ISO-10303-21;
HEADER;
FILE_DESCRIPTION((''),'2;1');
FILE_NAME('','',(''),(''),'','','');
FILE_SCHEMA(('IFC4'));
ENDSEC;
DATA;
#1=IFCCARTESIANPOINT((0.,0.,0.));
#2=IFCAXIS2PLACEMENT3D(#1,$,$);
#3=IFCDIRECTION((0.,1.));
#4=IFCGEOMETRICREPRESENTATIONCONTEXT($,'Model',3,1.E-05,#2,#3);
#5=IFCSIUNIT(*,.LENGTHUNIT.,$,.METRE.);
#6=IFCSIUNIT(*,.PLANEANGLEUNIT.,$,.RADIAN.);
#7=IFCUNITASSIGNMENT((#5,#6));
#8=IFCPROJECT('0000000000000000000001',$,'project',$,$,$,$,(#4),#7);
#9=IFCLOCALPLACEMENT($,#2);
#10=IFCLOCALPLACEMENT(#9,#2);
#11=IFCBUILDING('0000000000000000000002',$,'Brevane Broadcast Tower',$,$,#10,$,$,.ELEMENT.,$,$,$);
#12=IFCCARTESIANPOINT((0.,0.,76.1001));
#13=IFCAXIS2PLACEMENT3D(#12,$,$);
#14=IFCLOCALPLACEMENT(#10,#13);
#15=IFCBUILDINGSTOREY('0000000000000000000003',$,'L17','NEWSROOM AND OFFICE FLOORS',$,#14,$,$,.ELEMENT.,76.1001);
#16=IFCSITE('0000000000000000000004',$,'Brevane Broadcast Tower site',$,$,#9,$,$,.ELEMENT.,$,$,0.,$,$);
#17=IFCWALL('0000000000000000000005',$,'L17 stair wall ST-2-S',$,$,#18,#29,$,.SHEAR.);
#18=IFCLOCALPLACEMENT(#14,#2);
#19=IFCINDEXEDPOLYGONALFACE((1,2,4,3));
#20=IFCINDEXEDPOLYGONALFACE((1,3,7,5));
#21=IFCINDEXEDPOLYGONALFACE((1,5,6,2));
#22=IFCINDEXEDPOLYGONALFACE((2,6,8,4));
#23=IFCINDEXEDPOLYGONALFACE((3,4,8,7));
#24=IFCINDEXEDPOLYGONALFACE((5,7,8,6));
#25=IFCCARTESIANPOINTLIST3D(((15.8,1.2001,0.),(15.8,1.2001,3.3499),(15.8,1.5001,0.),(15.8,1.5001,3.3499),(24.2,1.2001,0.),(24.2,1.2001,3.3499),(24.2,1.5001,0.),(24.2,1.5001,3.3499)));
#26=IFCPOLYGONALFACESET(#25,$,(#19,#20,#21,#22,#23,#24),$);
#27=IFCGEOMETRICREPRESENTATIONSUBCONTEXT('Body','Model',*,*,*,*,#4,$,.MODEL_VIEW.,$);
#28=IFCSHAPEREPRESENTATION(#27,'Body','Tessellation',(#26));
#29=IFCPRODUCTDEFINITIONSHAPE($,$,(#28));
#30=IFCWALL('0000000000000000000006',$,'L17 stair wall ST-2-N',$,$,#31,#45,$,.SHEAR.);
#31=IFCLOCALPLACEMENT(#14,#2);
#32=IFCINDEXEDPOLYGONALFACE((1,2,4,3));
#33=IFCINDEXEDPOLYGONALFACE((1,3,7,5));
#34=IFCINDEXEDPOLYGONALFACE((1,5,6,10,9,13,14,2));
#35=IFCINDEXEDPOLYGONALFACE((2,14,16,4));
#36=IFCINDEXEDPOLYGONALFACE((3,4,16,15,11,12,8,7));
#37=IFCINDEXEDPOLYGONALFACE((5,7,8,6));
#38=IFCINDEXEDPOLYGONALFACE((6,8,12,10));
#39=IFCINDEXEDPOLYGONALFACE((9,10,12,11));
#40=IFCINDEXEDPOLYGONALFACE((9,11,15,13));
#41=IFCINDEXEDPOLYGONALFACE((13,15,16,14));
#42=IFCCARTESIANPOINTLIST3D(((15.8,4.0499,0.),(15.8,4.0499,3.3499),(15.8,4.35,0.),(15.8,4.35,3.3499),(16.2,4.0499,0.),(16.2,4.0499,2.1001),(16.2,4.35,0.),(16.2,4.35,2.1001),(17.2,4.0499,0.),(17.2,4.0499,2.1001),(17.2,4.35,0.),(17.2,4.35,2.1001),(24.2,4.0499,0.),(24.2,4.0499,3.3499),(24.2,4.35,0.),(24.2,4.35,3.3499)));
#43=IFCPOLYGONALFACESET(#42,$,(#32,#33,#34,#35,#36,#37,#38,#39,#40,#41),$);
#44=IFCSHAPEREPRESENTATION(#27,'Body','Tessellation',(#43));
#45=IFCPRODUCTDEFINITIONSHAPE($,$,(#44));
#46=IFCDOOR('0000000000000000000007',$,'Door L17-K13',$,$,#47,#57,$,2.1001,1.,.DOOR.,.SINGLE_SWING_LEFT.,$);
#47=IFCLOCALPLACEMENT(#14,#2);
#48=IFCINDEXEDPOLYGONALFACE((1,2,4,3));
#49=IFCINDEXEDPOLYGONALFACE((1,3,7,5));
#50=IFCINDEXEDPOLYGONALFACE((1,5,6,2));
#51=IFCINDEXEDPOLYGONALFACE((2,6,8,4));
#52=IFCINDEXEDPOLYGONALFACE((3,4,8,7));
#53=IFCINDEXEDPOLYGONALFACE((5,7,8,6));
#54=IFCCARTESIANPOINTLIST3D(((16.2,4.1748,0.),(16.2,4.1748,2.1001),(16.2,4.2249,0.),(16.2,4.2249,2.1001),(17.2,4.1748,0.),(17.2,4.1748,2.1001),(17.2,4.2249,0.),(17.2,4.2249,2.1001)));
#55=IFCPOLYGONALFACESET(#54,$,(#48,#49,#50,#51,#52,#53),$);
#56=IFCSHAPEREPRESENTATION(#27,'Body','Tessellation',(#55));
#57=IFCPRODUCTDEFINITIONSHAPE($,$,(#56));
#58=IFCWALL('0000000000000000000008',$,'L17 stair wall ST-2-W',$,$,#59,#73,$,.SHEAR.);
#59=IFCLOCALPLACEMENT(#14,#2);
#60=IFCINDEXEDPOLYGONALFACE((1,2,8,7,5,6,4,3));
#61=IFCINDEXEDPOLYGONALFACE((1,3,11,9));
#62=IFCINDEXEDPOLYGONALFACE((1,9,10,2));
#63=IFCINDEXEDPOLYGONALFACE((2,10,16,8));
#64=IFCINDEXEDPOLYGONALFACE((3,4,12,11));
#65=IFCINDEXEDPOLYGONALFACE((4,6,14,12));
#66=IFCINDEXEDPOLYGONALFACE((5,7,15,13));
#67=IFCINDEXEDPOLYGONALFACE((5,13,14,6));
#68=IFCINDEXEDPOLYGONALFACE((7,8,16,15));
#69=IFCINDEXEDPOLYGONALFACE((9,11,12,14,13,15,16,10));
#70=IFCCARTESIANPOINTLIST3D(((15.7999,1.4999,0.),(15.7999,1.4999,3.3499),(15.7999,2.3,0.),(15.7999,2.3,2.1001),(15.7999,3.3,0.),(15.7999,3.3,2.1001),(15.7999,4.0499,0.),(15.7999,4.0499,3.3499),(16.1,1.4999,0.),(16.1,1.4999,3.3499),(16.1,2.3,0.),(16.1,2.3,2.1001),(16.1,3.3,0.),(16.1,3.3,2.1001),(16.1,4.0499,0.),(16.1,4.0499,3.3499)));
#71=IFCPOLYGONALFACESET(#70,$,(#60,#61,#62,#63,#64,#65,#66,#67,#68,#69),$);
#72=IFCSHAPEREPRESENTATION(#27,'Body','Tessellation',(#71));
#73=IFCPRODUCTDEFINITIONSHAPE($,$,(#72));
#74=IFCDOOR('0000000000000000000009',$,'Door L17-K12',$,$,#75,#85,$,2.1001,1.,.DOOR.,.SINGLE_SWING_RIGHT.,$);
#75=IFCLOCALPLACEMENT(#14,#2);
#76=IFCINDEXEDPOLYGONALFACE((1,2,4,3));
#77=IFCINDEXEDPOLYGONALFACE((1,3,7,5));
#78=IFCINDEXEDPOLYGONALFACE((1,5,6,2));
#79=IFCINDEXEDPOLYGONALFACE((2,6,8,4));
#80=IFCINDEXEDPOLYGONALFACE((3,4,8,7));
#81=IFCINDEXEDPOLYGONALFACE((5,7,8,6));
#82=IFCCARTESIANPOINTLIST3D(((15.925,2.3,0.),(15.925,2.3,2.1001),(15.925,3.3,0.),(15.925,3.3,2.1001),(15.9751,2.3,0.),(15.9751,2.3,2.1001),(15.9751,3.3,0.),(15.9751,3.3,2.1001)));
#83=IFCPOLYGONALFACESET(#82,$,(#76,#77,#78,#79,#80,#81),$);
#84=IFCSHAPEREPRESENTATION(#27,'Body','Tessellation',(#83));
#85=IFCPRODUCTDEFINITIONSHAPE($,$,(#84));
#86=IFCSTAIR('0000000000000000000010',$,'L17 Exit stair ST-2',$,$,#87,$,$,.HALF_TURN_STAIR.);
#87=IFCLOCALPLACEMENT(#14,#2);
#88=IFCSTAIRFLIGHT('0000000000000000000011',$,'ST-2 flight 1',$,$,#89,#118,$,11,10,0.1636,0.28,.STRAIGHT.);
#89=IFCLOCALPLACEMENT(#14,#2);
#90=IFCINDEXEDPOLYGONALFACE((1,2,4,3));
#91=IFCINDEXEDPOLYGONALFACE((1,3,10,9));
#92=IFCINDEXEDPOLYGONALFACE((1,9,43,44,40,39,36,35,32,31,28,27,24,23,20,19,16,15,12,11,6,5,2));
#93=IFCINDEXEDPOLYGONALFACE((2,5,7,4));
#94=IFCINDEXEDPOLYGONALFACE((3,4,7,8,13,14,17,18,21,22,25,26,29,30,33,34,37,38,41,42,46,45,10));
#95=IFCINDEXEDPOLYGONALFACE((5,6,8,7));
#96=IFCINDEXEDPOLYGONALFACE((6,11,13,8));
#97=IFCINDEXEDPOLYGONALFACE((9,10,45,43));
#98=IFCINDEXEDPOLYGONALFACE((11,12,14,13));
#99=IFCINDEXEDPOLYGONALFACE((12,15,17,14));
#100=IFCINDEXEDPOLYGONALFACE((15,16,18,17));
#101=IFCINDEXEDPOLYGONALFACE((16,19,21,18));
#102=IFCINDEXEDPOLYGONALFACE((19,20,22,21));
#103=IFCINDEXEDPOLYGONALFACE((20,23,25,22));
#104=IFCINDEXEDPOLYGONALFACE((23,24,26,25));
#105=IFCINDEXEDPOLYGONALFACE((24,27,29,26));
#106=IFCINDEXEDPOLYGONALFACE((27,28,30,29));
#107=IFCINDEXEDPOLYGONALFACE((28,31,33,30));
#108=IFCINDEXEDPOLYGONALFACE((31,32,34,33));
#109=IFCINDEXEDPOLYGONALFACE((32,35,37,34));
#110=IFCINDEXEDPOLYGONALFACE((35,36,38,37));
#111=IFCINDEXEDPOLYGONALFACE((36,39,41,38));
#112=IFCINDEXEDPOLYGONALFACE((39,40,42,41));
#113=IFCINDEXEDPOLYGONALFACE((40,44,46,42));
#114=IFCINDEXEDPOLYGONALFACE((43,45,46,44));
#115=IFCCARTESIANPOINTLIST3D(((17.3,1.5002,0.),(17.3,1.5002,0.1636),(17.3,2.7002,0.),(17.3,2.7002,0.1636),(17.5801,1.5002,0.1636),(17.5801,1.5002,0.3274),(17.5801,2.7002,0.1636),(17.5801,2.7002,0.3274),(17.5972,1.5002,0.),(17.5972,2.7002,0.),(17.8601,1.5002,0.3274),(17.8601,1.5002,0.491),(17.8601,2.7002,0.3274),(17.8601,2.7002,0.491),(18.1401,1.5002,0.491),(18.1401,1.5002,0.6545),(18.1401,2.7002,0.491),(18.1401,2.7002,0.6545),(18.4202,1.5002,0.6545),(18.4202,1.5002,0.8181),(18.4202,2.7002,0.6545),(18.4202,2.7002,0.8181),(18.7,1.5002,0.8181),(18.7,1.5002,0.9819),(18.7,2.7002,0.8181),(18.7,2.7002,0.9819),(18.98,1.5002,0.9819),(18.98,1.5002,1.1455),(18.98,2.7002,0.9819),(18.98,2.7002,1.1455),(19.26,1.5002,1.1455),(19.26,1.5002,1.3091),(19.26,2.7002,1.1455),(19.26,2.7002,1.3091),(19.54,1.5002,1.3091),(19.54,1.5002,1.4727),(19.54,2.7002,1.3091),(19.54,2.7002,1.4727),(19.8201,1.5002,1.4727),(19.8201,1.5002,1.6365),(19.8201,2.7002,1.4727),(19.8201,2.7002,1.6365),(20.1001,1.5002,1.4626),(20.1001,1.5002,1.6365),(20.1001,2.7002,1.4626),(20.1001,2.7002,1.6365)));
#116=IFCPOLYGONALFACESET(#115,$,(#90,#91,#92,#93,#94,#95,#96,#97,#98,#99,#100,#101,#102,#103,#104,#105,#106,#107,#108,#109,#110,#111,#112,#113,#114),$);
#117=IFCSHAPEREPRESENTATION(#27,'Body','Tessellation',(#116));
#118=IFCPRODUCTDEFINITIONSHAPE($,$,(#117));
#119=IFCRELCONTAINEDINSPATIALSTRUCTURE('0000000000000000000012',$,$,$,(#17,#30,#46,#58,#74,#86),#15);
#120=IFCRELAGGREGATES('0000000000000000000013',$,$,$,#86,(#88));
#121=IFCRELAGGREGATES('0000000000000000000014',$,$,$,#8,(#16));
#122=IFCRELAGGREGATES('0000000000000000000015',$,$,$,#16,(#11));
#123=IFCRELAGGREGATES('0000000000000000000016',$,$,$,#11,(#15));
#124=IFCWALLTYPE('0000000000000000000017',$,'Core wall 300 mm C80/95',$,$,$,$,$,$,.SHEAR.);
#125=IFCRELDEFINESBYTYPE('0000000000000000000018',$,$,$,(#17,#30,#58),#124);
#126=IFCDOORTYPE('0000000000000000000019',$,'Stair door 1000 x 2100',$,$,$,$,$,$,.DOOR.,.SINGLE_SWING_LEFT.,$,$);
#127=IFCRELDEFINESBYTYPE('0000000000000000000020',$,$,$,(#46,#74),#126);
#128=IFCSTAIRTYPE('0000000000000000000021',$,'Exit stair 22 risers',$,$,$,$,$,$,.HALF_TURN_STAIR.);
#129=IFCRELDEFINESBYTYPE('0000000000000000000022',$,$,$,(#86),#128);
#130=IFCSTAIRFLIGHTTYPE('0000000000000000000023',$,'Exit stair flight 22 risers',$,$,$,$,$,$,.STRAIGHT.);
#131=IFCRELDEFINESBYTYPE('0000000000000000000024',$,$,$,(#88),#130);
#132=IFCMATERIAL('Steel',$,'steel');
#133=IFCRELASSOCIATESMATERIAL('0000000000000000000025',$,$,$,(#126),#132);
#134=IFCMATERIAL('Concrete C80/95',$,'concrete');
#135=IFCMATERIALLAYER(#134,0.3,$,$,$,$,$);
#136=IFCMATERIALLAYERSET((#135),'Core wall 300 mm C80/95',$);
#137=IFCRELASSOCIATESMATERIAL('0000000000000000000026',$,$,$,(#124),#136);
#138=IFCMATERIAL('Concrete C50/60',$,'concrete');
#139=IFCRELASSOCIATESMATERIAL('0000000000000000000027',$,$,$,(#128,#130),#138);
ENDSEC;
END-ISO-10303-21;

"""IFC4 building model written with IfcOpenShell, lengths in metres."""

from ifc_helpers import new_model, si_unit, direction, frame, frame_2d, origin, place, context, subcontext, project, spatial, polyline, rectangle, outline, extrude, material, layer, layer_set, type_object, element, fill, aggregate, save


model = new_model("IFC4")

# Units and contexts
model_context = context("Model", 3, precision=1e-05, world=origin(), true_north=direction((0.0, 1.0)))
body_context = subcontext(model_context, "Body", "Model", "MODEL_VIEW")
ifc_project = project(units=[si_unit("LENGTHUNIT", "METRE"), si_unit("PLANEANGLEUNIT", "RADIAN")], contexts=[model_context])

# Site, building, storey
site_placement = place(None, origin())
site = spatial("IfcSite", under=ifc_project, at=site_placement, Name="Brevane Broadcast Tower site", CompositionType="ELEMENT", RefElevation=0.0)
building_placement = place(site_placement, origin())
building = spatial("IfcBuilding", under=site, at=building_placement, Name="Brevane Broadcast Tower", CompositionType="ELEMENT")
storey_placement = place(building_placement, frame((0.0, 0.0, 76.1001)))
storey = spatial("IfcBuildingStorey", under=building, at=storey_placement, Name="L17", Description="NEWSROOM AND OFFICE FLOORS", CompositionType="ELEMENT", Elevation=76.1001)

# Shared definitions
ifc_material_1 = material(Name="Steel", Category="steel")
door_type_1 = type_object("IfcDoorType", Name="Stair door 1000 x 2100", OperationType="SINGLE_SWING_LEFT", PredefinedType="DOOR", material=ifc_material_1)

# Shared definitions
ifc_material_2 = material(Name="Concrete C80/95", Category="concrete")
ifc_layer_1 = layer(ifc_material_2, 0.3)
ifc_layer_set_1 = layer_set([ifc_layer_1], Name="Core wall 300 mm C80/95")
wall_type_1 = type_object("IfcWallType", Name="Core wall 300 mm C80/95", PredefinedType="SHEAR", material=ifc_layer_set_1)

# Wall
wall_1_placement = place(storey_placement, frame((15.8, 1.3501, 0.0), z_axis=(0.0, 0.0, 1.0), x_axis=(1.0, 0.0, 0.0)))
element("IfcWall", 1, at=wall_1_placement, inside=storey, type_object=wall_type_1, Name="L17 stair wall ST-2-S", PredefinedType="SHEAR", context=body_context, shape_type="SweptSolid", body=[
    extrude(rectangle(XDim=8.3999, YDim=0.3, at=frame_2d((4.2, 0.0))), origin(), (0.0, 0.0, 1.0), 3.3499),
])

# Walls, openings, doors
wall_2_placement = place(storey_placement, frame((15.8, 4.2, 0.0), z_axis=(0.0, 0.0, 1.0), x_axis=(1.0, 0.0, 0.0)))
wall_2 = element("IfcWall", 2, at=wall_2_placement, inside=storey, type_object=wall_type_1, Name="L17 stair wall ST-2-N", PredefinedType="SHEAR", context=body_context, shape_type="SweptSolid", body=[
    extrude(rectangle(XDim=8.3999, YDim=0.3, at=frame_2d((4.2, 0.0))), origin(), (0.0, 0.0, 1.0), 3.3499),
])
opening_1_placement = place(wall_2_placement, frame((0.3999, 0.0, 0.0)))
opening_1 = element("IfcOpeningElement", 3, at=opening_1_placement, cuts=wall_2, PredefinedType="OPENING", context=body_context, shape_type="SweptSolid", body=[
    extrude(rectangle(XDim=1.0, YDim=2.1001, at=frame_2d((0.5, 1.05))), frame((0.0, 0.1599, 0.0), z_axis=(0.0, -1.0, 0.0), x_axis=(1.0, 0.0, 0.0)), (0.0, 0.0, 1.0), 0.3201),
])
door_1_placement = place(opening_1_placement, origin())
door_1 = element("IfcDoor", 4, at=door_1_placement, inside=storey, type_object=door_type_1, Name="Door L17-K13", OperationType="SINGLE_SWING_LEFT", OverallHeight=2.1001, OverallWidth=1.0, PredefinedType="DOOR", context=body_context, shape_type="SweptSolid", body=[
    extrude(rectangle(XDim=1.0, YDim=2.1001, at=frame_2d((0.5, 1.05))), frame((0.0, 0.0249, 0.0), z_axis=(0.0, -1.0, 0.0), x_axis=(1.0, 0.0, 0.0)), (0.0, 0.0, 1.0), 0.05),
])
fill(opening_1, door_1)
wall_3_placement = place(storey_placement, frame((15.95, 1.5, 0.0), z_axis=(0.0, 0.0, 1.0), x_axis=(0.0, 1.0, 0.0)))
wall_3 = element("IfcWall", 5, at=wall_3_placement, inside=storey, type_object=wall_type_1, Name="L17 stair wall ST-2-W", PredefinedType="SHEAR", context=body_context, shape_type="SweptSolid", body=[
    extrude(rectangle(XDim=2.55, YDim=0.3, at=frame_2d((1.2749, 0.0))), origin(), (0.0, 0.0, 1.0), 3.3499),
])
opening_2_placement = place(wall_3_placement, frame((0.8, 0.0, 0.0)))
opening_2 = element("IfcOpeningElement", 6, at=opening_2_placement, cuts=wall_3, PredefinedType="OPENING", context=body_context, shape_type="SweptSolid", body=[
    extrude(rectangle(XDim=1.0, YDim=2.1001, at=frame_2d((0.5, 1.05))), frame((0.0, 0.1599, 0.0), z_axis=(0.0, -1.0, 0.0), x_axis=(1.0, 0.0, 0.0)), (0.0, 0.0, 1.0), 0.3201),
])
door_2_placement = place(opening_2_placement, origin())
door_2 = element("IfcDoor", 7, at=door_2_placement, inside=storey, type_object=door_type_1, Name="Door L17-K12", OperationType="SINGLE_SWING_RIGHT", OverallHeight=2.1001, OverallWidth=1.0, PredefinedType="DOOR", context=body_context, shape_type="SweptSolid", body=[
    extrude(rectangle(XDim=1.0, YDim=2.1001, at=frame_2d((0.5, 1.05))), frame((0.0, 0.0249, 0.0), z_axis=(0.0, -1.0, 0.0), x_axis=(1.0, 0.0, 0.0)), (0.0, 0.0, 1.0), 0.05),
])
fill(opening_2, door_2)

# Stair, stair flight
ifc_material_3 = material(Name="Concrete C50/60", Category="concrete")
stair_type = type_object("IfcStairType", Name="Exit stair 22 risers", PredefinedType="HALF_TURN_STAIR", material=ifc_material_3)
stair_placement = place(storey_placement, origin())
stair = element("IfcStair", 8, at=stair_placement, inside=storey, type_object=stair_type, Name="L17 Exit stair ST-2", PredefinedType="HALF_TURN_STAIR")
stair_flight_type = type_object("IfcStairFlightType", Name="Exit stair flight 22 risers", PredefinedType="STRAIGHT", material=ifc_material_3)
stair_flight_placement = place(storey_placement, frame((17.3, 2.1001, 0.0), z_axis=(0.0, 0.0, 1.0), x_axis=(1.0, 0.0, 0.0)))
stair_flight = element("IfcStairFlight", 9, at=stair_flight_placement, type_object=stair_flight_type, Name="ST-2 flight 1", NumberOfRisers=11, NumberOfTreads=10, PredefinedType="STRAIGHT", RiserHeight=0.1636, TreadLength=0.28, context=body_context, shape_type="SweptSolid", body=[
    extrude(outline(polyline([(0.0, 0.0), (0.0, 0.1636), (0.28, 0.1636), (0.28, 0.3274), (0.5601, 0.3274), (0.5601, 0.491), (0.8401, 0.491), (0.8401, 0.6545), (1.1201, 0.6545), (1.1201, 0.8181), (1.3999, 0.8181), (1.3999, 0.9819), (1.6799, 0.9819), (1.6799, 1.1455), (1.96, 1.1455), (1.96, 1.3091), (2.24, 1.3091), (2.24, 1.4727), (2.52, 1.4727), (2.52, 1.6365), (2.8, 1.6365), (2.8, 1.8), (2.8, 1.4626), (0.2971, 0.0), (0.0, 0.0)])), frame((0.0, 0.6001, 0.0), z_axis=(0.0, -1.0, 0.0), x_axis=(1.0, 0.0, 0.0)), (0.0, 0.0, 1.0), 1.2),
])
aggregate(stair, [stair_flight])

save(model, "model.ifc")
